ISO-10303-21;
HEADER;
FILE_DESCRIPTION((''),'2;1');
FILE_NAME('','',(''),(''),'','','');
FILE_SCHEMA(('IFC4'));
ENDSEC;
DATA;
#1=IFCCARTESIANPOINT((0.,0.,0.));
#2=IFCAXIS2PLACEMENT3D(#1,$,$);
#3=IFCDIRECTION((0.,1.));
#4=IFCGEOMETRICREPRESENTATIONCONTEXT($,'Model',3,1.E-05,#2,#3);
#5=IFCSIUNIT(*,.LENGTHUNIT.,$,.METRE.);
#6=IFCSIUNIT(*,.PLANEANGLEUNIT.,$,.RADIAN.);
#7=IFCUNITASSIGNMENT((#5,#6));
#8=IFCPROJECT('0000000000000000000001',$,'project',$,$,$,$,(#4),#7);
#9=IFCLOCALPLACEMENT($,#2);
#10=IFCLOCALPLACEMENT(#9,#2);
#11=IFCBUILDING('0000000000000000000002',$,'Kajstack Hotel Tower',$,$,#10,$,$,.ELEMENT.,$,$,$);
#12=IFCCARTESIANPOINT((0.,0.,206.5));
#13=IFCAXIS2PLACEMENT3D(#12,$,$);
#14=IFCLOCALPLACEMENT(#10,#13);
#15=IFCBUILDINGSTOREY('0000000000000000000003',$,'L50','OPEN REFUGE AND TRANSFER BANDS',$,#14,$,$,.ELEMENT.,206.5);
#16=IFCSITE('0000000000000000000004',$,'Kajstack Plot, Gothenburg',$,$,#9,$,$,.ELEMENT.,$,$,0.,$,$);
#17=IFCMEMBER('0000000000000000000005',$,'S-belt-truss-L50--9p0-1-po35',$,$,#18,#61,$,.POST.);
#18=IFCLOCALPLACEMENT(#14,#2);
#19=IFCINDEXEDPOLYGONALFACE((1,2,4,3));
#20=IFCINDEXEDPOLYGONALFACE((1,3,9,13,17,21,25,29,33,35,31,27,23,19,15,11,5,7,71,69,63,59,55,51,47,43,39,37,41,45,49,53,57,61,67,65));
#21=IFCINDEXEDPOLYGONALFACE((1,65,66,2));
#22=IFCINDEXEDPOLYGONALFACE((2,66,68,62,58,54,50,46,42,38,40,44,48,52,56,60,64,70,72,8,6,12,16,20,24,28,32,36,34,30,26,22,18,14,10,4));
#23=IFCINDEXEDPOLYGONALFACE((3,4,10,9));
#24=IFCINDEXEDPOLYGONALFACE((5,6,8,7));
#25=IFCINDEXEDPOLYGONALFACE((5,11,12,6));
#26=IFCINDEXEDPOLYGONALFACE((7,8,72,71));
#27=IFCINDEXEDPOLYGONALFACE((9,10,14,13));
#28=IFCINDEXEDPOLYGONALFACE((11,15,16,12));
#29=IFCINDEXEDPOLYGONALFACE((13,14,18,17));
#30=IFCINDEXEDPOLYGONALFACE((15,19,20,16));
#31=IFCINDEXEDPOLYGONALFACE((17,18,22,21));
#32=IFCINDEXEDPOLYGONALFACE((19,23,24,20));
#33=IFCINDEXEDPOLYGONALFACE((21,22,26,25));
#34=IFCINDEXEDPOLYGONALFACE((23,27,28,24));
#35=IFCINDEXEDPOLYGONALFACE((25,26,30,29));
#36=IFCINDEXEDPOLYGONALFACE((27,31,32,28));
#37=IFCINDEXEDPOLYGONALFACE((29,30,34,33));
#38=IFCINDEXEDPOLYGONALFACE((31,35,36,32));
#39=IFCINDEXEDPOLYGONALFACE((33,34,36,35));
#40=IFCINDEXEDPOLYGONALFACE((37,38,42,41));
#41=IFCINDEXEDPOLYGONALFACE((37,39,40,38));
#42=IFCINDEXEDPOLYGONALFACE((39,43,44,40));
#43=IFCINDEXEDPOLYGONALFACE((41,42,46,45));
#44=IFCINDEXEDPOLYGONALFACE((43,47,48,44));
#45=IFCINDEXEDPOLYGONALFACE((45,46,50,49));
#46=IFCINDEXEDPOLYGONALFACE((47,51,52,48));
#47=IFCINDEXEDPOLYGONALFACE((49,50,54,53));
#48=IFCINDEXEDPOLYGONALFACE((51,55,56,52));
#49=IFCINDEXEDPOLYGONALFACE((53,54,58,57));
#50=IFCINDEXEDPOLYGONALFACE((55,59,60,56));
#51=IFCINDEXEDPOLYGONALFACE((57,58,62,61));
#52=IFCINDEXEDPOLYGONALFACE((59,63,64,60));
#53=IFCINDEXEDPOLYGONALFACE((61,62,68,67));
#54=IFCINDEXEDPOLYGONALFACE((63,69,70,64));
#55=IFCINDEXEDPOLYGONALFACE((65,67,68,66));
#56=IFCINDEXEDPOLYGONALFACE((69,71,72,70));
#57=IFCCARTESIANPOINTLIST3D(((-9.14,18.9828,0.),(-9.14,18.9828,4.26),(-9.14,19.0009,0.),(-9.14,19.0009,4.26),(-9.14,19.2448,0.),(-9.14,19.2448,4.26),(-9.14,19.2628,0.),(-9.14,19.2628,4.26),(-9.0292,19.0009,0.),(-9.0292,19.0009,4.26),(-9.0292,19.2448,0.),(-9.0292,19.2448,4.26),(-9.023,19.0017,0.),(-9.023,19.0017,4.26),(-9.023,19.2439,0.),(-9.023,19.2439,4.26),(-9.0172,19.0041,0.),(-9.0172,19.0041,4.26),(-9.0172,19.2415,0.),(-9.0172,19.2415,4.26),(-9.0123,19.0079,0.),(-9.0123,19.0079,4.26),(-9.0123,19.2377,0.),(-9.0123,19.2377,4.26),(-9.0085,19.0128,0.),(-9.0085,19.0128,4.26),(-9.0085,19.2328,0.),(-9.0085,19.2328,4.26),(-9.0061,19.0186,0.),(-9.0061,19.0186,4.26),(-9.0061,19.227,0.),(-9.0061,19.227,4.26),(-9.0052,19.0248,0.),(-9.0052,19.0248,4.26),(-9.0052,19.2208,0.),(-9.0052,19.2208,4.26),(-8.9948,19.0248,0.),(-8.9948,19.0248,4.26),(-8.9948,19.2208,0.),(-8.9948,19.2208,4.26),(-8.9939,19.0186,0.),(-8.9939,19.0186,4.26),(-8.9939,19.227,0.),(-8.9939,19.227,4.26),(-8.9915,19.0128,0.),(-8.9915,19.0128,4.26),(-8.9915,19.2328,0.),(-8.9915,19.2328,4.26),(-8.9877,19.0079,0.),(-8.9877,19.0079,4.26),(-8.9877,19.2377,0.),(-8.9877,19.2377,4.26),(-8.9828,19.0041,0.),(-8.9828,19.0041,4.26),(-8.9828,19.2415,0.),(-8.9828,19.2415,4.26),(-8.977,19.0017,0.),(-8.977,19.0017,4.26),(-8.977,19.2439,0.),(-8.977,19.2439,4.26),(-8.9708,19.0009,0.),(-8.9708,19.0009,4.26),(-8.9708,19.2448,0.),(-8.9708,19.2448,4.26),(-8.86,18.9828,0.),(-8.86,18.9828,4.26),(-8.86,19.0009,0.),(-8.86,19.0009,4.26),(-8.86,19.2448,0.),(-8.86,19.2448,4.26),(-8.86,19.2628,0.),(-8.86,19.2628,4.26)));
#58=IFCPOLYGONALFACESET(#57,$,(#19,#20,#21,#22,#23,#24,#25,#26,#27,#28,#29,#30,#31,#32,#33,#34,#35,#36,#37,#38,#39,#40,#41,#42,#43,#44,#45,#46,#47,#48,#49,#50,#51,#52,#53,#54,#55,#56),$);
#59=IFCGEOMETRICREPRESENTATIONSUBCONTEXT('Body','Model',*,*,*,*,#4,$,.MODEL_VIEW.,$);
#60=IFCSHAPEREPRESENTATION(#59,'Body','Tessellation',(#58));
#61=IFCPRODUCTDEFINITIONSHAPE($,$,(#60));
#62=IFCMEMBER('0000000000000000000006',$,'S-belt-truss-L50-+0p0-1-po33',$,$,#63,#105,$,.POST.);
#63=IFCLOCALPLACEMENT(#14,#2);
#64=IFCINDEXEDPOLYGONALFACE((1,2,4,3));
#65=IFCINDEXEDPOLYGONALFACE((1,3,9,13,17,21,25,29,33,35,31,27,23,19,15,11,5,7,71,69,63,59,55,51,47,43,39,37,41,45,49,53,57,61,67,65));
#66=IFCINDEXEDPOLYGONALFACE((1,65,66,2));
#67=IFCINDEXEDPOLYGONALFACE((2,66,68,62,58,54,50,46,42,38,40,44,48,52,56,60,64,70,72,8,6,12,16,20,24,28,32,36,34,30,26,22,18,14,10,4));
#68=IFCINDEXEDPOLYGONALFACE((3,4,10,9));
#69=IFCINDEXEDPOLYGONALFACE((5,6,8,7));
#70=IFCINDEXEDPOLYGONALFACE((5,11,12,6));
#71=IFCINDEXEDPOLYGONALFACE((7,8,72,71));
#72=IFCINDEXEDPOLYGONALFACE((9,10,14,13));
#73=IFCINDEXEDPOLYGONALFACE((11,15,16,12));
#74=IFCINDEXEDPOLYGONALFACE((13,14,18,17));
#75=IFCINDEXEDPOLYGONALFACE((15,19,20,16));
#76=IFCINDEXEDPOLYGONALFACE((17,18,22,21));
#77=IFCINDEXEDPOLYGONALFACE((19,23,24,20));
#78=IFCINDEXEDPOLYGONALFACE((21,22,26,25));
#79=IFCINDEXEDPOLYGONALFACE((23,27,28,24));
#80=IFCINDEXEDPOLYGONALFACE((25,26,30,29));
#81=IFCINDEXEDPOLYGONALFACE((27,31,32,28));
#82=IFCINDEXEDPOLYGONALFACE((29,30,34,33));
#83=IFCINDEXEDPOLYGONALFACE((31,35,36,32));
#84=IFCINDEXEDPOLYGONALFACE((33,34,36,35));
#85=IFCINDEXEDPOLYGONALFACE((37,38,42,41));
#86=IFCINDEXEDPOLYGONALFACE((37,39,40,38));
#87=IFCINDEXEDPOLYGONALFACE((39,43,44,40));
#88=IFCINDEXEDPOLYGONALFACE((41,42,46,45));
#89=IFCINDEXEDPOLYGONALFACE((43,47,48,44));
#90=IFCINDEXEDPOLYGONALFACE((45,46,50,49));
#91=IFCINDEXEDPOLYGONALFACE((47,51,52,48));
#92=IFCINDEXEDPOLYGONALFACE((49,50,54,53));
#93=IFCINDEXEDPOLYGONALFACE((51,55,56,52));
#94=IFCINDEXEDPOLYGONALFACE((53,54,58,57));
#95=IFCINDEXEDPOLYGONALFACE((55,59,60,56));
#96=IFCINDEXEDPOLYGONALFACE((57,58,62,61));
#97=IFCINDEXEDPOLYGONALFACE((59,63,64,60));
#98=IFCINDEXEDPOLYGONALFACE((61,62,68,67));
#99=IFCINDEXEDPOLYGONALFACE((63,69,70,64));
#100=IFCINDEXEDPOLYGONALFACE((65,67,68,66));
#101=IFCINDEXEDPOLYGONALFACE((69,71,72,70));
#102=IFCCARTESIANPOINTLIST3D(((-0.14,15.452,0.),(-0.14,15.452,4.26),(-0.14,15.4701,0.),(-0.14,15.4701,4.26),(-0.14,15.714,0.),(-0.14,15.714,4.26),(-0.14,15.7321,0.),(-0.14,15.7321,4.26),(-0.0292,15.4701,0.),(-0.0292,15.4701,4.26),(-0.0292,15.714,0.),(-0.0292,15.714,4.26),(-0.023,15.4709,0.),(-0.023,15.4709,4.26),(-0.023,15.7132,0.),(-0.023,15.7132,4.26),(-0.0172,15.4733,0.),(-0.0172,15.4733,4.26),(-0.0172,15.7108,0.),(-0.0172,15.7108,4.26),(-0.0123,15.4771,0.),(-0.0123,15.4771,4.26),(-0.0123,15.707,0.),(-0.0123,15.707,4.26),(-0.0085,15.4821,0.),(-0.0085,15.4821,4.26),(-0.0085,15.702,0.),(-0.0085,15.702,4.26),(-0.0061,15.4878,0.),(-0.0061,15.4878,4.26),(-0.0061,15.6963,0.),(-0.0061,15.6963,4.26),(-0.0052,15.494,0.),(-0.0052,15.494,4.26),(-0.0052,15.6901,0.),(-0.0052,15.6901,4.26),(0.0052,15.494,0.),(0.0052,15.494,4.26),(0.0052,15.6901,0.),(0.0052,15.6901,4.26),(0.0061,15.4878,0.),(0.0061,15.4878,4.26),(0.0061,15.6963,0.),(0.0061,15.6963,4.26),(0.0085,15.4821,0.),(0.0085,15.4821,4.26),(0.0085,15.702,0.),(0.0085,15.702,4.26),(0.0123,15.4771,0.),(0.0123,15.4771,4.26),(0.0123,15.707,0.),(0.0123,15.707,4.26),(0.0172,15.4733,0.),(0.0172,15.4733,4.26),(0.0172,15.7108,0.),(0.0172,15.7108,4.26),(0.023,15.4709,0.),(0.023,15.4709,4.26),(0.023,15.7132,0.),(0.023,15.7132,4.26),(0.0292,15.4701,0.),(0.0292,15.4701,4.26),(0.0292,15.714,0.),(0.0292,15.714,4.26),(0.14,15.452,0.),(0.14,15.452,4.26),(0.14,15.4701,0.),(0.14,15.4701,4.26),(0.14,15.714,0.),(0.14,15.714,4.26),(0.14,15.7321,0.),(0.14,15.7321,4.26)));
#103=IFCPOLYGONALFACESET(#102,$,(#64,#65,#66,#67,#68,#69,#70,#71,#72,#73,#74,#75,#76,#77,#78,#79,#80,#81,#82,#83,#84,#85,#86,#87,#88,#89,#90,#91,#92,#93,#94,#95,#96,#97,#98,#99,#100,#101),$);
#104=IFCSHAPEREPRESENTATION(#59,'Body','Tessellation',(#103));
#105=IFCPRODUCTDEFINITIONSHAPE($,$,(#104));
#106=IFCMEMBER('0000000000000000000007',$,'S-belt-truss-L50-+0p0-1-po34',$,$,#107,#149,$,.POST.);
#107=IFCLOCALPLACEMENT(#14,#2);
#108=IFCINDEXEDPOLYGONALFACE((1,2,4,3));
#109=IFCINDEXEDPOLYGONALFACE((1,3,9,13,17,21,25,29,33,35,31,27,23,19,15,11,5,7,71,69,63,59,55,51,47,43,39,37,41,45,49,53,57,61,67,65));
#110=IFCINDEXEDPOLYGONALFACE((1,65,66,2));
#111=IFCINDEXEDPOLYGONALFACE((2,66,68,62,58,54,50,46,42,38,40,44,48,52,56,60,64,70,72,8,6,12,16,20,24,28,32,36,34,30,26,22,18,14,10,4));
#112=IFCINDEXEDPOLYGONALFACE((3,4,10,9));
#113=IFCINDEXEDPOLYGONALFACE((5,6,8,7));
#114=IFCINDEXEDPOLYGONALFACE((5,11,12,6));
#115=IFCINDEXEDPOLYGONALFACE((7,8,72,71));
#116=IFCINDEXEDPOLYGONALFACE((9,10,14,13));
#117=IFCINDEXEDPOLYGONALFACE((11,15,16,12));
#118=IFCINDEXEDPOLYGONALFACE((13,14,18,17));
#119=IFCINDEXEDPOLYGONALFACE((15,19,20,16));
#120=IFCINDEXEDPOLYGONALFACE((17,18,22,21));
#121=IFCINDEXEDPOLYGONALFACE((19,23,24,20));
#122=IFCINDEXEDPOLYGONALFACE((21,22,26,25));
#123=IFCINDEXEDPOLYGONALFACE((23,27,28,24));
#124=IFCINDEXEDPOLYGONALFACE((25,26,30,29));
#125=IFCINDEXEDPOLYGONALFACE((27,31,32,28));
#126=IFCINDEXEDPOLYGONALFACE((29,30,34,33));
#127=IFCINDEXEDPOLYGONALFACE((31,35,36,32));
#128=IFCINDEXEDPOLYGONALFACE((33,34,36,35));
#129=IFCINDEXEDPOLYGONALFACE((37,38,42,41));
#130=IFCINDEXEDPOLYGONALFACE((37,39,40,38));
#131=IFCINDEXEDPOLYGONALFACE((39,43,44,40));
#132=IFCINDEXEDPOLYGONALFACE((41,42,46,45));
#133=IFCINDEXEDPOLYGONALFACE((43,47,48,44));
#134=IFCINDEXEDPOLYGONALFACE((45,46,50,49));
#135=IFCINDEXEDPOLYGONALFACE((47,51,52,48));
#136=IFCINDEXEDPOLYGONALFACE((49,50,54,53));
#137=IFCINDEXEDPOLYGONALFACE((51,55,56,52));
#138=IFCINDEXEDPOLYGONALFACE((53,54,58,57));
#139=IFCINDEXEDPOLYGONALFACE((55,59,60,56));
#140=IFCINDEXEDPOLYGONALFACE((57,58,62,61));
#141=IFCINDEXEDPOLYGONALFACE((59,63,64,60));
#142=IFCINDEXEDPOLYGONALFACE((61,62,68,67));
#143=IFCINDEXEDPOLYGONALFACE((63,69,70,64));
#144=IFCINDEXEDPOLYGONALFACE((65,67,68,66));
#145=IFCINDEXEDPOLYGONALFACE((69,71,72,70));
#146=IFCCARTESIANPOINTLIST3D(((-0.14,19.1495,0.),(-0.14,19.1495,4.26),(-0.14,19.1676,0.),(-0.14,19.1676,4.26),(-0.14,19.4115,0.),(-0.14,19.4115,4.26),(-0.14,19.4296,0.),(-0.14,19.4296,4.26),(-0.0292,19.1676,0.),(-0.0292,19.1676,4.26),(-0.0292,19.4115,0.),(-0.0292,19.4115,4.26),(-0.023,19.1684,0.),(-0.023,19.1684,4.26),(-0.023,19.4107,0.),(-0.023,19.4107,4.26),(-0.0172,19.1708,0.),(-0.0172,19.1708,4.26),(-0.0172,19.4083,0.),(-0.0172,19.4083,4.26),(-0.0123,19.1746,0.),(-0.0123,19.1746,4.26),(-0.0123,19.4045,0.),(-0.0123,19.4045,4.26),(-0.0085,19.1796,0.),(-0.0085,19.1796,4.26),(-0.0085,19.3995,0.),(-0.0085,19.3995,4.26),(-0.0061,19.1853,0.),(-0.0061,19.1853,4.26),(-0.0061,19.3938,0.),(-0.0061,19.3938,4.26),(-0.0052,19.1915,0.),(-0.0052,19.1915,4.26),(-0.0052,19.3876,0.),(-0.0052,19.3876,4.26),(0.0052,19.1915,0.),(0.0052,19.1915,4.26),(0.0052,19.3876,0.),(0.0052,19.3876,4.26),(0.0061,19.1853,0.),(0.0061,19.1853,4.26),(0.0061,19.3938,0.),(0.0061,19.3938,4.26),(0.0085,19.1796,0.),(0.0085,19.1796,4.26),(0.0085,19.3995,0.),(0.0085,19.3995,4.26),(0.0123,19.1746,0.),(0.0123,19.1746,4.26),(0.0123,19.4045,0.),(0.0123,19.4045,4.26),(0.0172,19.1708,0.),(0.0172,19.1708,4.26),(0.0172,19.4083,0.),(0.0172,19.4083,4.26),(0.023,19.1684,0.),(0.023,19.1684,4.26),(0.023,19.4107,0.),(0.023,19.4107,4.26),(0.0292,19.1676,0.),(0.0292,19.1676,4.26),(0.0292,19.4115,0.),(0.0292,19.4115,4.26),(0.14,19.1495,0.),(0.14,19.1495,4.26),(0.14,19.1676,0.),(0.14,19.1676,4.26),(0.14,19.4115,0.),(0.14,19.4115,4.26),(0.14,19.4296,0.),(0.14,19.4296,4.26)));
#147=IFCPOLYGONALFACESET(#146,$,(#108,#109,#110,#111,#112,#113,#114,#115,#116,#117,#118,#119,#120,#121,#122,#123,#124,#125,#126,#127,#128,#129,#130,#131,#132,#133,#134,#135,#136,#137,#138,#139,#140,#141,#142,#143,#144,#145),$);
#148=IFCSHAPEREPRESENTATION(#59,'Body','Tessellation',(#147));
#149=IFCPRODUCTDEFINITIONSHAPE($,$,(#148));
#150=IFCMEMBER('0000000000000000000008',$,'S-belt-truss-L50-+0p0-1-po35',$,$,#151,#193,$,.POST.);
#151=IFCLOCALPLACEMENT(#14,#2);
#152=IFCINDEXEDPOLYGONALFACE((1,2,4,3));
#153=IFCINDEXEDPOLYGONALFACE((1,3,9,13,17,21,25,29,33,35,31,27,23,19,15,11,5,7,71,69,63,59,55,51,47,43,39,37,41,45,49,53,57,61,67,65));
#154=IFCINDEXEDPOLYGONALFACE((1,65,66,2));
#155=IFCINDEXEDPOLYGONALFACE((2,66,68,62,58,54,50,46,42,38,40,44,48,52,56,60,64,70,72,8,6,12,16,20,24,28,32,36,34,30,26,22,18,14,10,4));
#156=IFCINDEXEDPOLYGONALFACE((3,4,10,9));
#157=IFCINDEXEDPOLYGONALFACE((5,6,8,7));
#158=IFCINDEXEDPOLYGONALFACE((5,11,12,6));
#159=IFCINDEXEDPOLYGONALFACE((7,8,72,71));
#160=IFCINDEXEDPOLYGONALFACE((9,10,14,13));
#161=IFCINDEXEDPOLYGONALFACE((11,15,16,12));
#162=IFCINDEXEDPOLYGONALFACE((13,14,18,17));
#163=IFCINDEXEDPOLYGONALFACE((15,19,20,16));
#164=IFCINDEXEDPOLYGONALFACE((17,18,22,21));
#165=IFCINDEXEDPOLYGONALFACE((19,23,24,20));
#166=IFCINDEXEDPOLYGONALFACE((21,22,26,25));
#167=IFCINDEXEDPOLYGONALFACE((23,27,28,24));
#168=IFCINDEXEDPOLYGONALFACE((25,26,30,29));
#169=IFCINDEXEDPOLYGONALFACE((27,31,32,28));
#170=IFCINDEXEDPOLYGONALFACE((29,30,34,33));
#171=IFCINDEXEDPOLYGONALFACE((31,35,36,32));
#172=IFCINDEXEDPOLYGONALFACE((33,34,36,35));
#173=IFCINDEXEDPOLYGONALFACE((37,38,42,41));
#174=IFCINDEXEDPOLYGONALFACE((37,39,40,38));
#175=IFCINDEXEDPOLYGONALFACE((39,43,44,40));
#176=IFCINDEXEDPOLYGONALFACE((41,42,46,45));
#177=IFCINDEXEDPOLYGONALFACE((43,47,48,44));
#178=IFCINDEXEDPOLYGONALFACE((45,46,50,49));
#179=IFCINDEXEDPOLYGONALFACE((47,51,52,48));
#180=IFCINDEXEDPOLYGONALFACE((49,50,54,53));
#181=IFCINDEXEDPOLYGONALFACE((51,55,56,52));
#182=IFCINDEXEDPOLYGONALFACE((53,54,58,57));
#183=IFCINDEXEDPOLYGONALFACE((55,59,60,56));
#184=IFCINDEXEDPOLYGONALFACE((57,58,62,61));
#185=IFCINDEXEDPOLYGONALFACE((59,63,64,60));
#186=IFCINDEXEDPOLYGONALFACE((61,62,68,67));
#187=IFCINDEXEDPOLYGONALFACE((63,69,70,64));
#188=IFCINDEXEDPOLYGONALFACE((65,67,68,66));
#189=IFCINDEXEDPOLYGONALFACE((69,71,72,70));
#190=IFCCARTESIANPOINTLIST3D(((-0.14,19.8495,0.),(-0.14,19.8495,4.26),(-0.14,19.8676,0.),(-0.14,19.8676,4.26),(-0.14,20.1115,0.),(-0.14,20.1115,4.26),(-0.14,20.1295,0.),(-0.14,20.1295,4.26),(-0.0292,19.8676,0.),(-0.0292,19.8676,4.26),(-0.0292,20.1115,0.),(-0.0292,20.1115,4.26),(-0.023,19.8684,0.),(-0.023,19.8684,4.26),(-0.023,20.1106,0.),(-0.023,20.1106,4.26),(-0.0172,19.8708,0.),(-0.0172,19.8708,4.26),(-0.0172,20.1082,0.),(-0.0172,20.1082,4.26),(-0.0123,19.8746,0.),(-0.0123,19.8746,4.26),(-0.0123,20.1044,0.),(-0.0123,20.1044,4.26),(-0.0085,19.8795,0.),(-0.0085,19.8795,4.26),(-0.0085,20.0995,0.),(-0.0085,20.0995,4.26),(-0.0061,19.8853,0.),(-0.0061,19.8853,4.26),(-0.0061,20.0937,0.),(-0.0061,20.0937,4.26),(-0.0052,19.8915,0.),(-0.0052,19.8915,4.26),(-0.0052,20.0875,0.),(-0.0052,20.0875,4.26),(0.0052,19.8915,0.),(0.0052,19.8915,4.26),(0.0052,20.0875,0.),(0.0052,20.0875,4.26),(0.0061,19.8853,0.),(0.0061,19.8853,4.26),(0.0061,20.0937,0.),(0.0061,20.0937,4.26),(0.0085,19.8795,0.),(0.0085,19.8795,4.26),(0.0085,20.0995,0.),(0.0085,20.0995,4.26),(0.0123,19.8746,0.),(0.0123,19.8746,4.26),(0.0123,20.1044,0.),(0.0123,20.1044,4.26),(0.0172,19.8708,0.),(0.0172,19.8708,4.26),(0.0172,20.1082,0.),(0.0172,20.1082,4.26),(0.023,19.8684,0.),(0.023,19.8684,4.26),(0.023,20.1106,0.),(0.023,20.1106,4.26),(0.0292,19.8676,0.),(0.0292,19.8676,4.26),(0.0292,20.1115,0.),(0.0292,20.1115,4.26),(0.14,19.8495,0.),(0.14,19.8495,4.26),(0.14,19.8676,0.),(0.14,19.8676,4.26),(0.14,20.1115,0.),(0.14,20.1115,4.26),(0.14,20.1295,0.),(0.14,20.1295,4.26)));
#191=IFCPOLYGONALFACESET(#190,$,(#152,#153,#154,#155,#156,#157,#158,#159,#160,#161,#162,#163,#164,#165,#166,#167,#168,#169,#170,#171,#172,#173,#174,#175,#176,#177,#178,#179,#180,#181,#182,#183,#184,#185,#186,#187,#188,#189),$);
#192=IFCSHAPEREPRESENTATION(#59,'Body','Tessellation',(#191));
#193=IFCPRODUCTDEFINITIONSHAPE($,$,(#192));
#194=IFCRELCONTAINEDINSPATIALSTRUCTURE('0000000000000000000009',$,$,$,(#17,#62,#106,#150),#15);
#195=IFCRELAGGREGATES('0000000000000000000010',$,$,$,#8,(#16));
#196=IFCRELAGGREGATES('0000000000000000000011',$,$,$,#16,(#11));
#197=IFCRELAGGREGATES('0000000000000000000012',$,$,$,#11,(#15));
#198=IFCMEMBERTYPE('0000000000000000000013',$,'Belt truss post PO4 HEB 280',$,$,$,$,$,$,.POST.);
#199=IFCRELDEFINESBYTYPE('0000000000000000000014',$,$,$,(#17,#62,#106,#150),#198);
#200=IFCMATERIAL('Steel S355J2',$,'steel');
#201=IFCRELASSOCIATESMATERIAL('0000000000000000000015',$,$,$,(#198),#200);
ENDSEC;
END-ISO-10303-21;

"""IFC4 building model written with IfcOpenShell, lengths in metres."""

from ifc_helpers import new_model, si_unit, direction, frame, origin, origin_2d, place, context, subcontext, project, spatial, i_section, extrude, material, material_profile, profile_set, type_object, element, save


model = new_model("IFC4")

# Units and contexts
model_context = context("Model", 3, precision=1e-05, world=origin(), true_north=direction((0.0, 1.0)))
body_context = subcontext(model_context, "Body", "Model", "MODEL_VIEW")
ifc_project = project(units=[si_unit("LENGTHUNIT", "METRE"), si_unit("PLANEANGLEUNIT", "RADIAN")], contexts=[model_context])

# Site, building, storey
site_placement = place(None, origin())
site = spatial("IfcSite", under=ifc_project, at=site_placement, Name="Kajstack Plot, Gothenburg", CompositionType="ELEMENT", RefElevation=0.0)
building_placement = place(site_placement, origin())
building = spatial("IfcBuilding", under=site, at=building_placement, Name="Kajstack Hotel Tower", CompositionType="ELEMENT")
storey_placement = place(building_placement, frame((0.0, 0.0, 206.5)))
storey = spatial("IfcBuildingStorey", under=building, at=storey_placement, Name="L50", Description="OPEN REFUGE AND TRANSFER BANDS", CompositionType="ELEMENT", Elevation=206.5)

# Members
ifc_material = material(Name="Steel S355J2", Category="steel")
ifc_material_profile_1 = material_profile(ifc_material, i_section(OverallWidth=0.28, OverallDepth=0.28, WebThickness=0.0105, FlangeThickness=0.0181, FilletRadius=0.0239, at=origin_2d()), Name="HEB 280")
ifc_profile_set_1 = profile_set([ifc_material_profile_1], Name="Steel S355J2")
member_type_1 = type_object("IfcMemberType", Name="Belt truss post PO4 HEB 280", PredefinedType="POST", material=ifc_profile_set_1)
for number, where, z_axis, x_axis, name in (
    (1, (-9.0, 19.1228, 0.0), (0.0, 0.0, 1.0), (1.0, 0.0, 0.0), "S-belt-truss-L50--9p0-1-po35"),
    (2, (0.0, 15.592, 0.0), (0.0, 0.0, 1.0), (1.0, 0.0, 0.0), "S-belt-truss-L50-+0p0-1-po33"),
    (3, (0.0, 19.2896, 0.0), (0.0, 0.0, 1.0), (1.0, 0.0, 0.0), "S-belt-truss-L50-+0p0-1-po34"),
    (4, (0.0, 19.9895, 0.0), (0.0, 0.0, 1.0), (1.0, 0.0, 0.0), "S-belt-truss-L50-+0p0-1-po35"),
):
    element("IfcMember", number, at=place(storey_placement, frame(where, z_axis=z_axis, x_axis=x_axis)), inside=storey, type_object=member_type_1, Name=name, PredefinedType="POST", context=body_context, shape_type="SweptSolid", body=[
        extrude(i_section(OverallWidth=0.28, OverallDepth=0.28, WebThickness=0.0105, FlangeThickness=0.0181, FilletRadius=0.0239, at=origin_2d()), origin(), (0.0, 0.0, 1.0), 4.26),
    ])

save(model, "model.ifc")
